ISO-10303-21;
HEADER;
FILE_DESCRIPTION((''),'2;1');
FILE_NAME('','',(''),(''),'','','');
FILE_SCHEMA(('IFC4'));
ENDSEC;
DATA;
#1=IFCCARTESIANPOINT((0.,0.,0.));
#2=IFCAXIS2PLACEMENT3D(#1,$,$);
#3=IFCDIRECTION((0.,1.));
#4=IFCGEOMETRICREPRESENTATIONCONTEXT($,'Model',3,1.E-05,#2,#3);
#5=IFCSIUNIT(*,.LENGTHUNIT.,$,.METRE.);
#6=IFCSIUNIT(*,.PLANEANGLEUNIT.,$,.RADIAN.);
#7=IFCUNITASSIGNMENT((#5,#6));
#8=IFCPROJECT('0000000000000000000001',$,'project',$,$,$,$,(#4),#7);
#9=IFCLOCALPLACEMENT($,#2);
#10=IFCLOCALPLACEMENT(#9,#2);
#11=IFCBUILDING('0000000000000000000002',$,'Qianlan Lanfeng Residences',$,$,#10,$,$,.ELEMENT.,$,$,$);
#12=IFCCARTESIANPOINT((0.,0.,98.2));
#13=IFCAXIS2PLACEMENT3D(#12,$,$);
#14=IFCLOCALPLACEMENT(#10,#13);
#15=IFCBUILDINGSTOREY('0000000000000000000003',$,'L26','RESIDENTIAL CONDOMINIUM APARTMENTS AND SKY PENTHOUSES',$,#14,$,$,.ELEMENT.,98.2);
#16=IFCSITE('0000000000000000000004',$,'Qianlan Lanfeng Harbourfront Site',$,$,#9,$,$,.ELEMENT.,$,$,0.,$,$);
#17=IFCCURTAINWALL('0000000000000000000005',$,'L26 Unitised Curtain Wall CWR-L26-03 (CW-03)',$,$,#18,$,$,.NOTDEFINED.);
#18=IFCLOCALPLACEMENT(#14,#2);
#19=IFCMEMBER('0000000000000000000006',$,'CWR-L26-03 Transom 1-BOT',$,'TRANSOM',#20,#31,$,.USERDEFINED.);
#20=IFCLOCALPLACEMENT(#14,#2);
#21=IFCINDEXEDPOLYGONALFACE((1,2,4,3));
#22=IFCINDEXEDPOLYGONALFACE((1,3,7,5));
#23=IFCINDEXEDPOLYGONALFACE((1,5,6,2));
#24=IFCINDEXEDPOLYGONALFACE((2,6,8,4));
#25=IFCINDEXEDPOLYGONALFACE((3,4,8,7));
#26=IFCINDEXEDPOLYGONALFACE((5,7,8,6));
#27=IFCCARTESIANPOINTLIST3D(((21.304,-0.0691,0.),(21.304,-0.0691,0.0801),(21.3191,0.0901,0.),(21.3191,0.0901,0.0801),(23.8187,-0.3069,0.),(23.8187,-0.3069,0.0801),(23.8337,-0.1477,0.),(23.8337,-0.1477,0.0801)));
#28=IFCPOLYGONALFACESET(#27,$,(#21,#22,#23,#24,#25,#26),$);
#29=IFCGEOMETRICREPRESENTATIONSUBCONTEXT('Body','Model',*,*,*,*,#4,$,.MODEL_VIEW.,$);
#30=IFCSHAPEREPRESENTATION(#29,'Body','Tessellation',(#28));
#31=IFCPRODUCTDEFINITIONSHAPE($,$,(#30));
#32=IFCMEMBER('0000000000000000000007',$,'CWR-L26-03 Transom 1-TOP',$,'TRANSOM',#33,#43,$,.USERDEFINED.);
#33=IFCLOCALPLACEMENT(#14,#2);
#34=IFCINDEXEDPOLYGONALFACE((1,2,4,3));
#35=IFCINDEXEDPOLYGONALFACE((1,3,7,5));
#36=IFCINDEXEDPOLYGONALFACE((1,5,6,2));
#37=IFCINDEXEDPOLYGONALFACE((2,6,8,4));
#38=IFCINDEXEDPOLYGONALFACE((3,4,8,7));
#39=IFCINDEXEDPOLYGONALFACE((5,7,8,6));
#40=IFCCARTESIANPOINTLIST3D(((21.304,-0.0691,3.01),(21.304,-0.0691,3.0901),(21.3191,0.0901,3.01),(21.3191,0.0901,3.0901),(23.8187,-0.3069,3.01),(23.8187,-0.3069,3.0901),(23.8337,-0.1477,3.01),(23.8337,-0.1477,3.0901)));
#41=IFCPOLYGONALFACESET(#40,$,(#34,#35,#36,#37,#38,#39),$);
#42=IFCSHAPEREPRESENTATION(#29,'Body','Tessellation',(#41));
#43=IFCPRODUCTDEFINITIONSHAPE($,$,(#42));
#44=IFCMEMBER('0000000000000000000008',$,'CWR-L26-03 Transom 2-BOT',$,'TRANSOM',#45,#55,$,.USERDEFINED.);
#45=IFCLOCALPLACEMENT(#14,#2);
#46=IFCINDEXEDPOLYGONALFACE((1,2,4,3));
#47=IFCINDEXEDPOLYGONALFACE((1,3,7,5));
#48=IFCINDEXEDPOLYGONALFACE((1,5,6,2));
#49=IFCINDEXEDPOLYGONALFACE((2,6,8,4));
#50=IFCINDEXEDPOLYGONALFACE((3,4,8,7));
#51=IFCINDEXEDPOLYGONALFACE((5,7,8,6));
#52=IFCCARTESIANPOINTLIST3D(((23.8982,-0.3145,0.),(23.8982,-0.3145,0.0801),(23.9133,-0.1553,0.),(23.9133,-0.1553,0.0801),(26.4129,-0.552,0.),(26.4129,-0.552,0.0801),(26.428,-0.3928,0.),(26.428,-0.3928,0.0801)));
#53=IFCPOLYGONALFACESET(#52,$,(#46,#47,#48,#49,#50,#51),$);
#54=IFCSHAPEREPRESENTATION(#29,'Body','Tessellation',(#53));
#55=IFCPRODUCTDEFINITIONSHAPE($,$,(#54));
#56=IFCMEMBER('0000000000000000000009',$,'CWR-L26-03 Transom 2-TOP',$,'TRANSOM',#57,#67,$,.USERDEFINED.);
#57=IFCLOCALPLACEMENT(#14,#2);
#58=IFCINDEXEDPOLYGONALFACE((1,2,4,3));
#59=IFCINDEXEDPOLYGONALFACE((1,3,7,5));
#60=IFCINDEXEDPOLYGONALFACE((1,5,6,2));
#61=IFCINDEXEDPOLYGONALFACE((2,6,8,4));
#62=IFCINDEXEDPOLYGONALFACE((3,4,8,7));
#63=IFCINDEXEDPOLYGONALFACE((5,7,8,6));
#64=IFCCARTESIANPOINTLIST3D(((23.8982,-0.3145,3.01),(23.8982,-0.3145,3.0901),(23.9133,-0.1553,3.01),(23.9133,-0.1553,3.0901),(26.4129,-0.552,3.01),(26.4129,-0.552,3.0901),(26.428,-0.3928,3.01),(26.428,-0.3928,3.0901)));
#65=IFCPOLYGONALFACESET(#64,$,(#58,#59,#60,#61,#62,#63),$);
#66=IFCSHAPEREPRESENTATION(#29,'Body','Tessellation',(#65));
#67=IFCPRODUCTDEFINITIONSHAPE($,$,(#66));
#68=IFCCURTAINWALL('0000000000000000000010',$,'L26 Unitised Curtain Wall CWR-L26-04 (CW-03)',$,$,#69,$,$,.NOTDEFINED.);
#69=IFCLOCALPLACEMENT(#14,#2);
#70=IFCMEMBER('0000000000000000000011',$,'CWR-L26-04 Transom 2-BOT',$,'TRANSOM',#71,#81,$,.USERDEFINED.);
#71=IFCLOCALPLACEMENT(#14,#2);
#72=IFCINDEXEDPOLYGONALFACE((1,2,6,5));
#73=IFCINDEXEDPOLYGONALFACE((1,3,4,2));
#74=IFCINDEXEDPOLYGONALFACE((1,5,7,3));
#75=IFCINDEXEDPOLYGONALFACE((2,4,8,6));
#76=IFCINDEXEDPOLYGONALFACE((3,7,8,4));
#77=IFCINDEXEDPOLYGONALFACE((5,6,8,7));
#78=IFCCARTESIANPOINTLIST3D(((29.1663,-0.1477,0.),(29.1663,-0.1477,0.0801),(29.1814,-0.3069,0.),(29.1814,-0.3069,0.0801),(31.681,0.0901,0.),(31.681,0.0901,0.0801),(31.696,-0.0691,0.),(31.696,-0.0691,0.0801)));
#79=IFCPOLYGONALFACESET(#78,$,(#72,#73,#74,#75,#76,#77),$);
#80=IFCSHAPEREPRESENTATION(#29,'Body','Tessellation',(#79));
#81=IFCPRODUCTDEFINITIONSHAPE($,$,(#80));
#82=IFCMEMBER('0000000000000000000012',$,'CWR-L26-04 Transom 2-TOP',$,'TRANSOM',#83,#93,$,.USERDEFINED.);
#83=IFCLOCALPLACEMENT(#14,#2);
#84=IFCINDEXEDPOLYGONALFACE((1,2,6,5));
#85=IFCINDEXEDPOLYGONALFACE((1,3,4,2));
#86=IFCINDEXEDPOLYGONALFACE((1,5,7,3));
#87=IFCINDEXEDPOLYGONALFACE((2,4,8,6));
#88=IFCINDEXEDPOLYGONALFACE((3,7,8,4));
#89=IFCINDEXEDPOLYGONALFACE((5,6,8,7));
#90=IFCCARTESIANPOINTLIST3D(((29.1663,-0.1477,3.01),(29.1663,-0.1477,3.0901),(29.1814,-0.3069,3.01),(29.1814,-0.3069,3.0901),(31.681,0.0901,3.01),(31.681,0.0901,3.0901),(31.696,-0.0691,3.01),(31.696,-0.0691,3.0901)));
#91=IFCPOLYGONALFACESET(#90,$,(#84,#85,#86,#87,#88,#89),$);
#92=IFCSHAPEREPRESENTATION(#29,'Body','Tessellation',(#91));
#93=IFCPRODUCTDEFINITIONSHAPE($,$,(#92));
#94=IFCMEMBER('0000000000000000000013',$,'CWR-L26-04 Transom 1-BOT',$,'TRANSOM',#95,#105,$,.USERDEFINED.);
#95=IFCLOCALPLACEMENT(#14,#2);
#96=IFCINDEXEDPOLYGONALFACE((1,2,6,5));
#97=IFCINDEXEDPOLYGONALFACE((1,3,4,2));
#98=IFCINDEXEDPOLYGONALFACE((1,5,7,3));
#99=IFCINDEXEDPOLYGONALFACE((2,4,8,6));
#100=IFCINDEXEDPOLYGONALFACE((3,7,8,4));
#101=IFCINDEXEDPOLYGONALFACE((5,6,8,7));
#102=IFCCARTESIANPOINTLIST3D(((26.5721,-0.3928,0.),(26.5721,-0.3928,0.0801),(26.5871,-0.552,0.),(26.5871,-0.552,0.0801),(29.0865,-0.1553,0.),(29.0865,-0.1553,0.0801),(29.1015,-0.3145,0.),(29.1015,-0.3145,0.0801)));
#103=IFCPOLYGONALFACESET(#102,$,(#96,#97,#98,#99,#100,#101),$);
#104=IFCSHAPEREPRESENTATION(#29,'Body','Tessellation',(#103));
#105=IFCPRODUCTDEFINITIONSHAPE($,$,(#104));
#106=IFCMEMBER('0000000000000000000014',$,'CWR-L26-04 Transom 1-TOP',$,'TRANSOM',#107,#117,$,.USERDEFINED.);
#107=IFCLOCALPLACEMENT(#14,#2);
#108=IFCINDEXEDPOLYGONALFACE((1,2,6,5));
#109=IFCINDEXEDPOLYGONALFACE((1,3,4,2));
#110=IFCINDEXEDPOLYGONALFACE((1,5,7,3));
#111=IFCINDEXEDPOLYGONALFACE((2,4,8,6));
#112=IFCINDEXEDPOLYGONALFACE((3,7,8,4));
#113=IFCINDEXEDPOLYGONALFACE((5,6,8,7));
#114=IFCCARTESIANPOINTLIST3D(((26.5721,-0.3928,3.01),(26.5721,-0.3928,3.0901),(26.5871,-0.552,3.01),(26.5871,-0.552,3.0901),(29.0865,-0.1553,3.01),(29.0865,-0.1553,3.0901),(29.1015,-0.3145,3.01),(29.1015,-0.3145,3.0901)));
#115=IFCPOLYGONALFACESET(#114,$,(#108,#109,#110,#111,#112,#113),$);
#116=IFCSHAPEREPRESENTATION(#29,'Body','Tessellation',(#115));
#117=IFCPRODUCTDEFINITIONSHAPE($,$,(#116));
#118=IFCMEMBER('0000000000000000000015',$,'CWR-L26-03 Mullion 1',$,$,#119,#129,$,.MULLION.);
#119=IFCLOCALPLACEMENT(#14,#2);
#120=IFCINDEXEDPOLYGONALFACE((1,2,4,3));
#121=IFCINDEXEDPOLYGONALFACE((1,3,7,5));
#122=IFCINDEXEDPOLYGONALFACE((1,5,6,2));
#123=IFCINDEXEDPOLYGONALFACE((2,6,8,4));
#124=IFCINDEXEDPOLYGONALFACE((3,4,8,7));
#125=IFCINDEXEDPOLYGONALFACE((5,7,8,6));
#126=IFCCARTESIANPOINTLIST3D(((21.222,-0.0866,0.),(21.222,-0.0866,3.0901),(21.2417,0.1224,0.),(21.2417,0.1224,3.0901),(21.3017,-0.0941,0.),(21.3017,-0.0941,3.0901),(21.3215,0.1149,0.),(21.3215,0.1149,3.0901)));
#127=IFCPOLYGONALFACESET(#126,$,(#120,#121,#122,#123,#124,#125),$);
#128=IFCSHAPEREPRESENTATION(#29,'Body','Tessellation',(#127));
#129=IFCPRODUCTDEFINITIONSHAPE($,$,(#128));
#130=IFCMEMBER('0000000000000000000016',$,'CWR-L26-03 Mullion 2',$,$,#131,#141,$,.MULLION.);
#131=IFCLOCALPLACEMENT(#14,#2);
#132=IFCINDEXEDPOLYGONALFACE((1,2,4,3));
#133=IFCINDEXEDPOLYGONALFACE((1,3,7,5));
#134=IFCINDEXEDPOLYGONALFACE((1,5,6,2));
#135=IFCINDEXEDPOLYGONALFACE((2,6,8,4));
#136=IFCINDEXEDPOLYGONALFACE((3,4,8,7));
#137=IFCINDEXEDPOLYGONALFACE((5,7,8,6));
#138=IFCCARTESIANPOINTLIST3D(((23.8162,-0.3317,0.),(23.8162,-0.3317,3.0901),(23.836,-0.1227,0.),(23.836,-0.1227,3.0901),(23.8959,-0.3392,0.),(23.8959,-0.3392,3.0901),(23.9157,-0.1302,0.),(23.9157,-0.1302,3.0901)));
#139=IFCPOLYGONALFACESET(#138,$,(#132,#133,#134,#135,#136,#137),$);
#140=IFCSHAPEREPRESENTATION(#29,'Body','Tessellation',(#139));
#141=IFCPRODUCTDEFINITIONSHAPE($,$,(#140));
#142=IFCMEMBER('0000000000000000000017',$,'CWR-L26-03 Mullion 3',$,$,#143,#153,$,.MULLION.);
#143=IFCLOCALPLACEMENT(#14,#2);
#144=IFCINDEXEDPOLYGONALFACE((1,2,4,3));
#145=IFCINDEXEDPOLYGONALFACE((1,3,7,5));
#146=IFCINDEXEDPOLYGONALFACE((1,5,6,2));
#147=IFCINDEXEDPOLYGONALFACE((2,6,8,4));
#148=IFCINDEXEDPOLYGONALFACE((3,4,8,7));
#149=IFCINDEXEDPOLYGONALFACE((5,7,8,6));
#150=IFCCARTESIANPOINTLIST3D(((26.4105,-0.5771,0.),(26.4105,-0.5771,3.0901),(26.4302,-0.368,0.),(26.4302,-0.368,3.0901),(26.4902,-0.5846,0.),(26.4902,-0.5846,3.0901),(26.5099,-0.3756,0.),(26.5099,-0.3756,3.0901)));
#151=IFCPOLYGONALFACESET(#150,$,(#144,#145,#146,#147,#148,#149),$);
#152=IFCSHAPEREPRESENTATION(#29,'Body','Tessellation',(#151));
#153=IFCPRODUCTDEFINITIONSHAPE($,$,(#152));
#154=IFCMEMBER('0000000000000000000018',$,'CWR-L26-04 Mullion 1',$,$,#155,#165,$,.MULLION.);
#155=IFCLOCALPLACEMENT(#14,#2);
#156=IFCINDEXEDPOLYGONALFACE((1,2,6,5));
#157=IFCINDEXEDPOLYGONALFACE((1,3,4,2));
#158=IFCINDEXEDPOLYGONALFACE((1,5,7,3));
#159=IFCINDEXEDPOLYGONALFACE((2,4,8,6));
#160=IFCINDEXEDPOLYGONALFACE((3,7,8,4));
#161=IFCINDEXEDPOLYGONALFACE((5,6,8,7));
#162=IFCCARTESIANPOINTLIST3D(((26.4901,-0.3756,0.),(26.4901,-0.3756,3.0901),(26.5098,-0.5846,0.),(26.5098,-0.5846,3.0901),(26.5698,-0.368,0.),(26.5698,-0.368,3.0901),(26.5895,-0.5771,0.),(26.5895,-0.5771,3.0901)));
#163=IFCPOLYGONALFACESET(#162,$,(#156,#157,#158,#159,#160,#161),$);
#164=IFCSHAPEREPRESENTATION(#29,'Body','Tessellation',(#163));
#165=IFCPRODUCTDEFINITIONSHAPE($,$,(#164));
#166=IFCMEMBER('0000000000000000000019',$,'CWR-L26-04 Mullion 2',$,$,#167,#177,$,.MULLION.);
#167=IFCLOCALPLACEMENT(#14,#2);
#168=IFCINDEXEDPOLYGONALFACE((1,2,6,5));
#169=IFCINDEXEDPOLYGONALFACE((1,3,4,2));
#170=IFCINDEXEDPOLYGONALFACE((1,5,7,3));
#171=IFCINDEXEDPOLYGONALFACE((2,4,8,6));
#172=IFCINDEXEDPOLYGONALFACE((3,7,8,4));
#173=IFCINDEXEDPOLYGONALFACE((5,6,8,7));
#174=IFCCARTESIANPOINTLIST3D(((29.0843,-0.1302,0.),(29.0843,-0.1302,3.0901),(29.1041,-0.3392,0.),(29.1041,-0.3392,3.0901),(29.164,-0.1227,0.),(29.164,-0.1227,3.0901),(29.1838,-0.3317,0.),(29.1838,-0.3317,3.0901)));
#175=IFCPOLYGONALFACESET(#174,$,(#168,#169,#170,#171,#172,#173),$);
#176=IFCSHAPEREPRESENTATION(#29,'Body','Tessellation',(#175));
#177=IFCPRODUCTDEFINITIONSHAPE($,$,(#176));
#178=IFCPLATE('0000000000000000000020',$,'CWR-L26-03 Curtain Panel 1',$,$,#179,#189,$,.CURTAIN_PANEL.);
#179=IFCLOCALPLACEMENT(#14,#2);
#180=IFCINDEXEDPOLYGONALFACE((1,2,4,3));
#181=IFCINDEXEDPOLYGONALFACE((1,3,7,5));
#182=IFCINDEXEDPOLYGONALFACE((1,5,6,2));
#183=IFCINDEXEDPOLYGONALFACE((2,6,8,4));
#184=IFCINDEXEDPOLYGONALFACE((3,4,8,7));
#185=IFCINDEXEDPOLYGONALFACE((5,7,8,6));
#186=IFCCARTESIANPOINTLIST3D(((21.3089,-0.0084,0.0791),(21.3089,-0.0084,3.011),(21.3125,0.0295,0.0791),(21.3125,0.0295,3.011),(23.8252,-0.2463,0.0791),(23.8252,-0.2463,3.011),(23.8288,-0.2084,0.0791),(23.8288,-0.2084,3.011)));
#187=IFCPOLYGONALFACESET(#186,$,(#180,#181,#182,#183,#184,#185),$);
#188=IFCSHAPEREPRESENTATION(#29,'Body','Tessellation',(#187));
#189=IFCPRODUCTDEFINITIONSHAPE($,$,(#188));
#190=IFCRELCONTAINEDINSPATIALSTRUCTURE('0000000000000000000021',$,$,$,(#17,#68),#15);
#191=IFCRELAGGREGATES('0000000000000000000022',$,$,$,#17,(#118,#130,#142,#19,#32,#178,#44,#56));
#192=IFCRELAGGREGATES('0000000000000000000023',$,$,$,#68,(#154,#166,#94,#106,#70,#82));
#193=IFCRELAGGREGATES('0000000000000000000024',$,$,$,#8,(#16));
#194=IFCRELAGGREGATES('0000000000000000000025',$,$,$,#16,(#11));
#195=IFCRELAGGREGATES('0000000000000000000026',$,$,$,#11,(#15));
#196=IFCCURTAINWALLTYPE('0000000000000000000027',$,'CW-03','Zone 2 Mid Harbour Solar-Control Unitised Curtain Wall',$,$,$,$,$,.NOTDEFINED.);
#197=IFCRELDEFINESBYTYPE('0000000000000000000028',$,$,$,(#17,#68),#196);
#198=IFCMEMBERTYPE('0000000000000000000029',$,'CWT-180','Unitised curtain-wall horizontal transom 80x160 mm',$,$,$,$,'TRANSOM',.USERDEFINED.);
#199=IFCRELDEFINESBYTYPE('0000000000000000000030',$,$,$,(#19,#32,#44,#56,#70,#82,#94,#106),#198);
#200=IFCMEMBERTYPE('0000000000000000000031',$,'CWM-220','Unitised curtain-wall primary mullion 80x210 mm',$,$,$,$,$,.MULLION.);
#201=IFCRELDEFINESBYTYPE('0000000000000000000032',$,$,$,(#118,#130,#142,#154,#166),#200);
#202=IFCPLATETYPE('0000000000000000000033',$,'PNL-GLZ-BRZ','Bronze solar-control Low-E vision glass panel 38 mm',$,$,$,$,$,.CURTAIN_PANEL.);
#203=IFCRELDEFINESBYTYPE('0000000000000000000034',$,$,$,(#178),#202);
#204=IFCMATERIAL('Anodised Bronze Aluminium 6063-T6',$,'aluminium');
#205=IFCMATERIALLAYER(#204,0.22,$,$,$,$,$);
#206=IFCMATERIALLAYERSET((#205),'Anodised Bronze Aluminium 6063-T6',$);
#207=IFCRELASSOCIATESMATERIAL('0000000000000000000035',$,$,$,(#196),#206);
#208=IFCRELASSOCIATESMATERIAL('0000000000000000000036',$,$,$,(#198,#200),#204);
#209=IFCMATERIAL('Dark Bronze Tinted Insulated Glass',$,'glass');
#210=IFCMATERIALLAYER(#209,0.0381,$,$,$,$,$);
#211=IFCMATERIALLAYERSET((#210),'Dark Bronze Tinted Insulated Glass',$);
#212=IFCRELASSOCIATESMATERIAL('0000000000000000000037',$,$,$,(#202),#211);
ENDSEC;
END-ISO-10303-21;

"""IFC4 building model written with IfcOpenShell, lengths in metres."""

from ifc_helpers import new_model, si_unit, direction, frame, origin, origin_2d, place, context, subcontext, project, spatial, rectangle, extrude, source, transform, mapped, material, layer, layer_set, material_profile, profile_set, type_object, element, aggregate, save


model = new_model("IFC4")

# Units and contexts
model_context = context("Model", 3, precision=1e-05, world=origin(), true_north=direction((0.0, 1.0)))
body_context = subcontext(model_context, "Body", "Model", "MODEL_VIEW")
ifc_project = project(units=[si_unit("LENGTHUNIT", "METRE"), si_unit("PLANEANGLEUNIT", "RADIAN")], contexts=[model_context])

# Site, building, storey
site_placement = place(None, origin())
site = spatial("IfcSite", under=ifc_project, at=site_placement, Name="Qianlan Lanfeng Harbourfront Site", CompositionType="ELEMENT", RefElevation=0.0)
building_placement = place(site_placement, origin())
building = spatial("IfcBuilding", under=site, at=building_placement, Name="Qianlan Lanfeng Residences", CompositionType="ELEMENT")
storey_placement = place(building_placement, frame((0.0, 0.0, 98.2)))
storey = spatial("IfcBuildingStorey", under=building, at=storey_placement, Name="L26", Description="RESIDENTIAL CONDOMINIUM APARTMENTS AND SKY PENTHOUSES", CompositionType="ELEMENT", Elevation=98.2)

# Curtain walls, members
ifc_material_1 = material(Name="Anodised Bronze Aluminium 6063-T6", Category="aluminium")
ifc_layer_1 = layer(ifc_material_1, 0.22)
ifc_layer_set_1 = layer_set([ifc_layer_1], Name="Anodised Bronze Aluminium 6063-T6")
curtain_wall_type = type_object("IfcCurtainWallType", Name="CW-03", Description="Zone 2 Mid Harbour Solar-Control Unitised Curtain Wall", PredefinedType="NOTDEFINED", material=ifc_layer_set_1)
curtain_wall_1_placement = place(storey_placement, origin())
curtain_wall_1 = element("IfcCurtainWall", 1, at=curtain_wall_1_placement, inside=storey, type_object=curtain_wall_type, Name="L26 Unitised Curtain Wall CWR-L26-03 (CW-03)", PredefinedType="NOTDEFINED")
ifc_material_profile_1 = material_profile(ifc_material_1, rectangle(XDim=0.0801, YDim=0.1599, at=origin_2d()), Name="ALU TRANSOM 80x160")
ifc_profile_set_1 = profile_set([ifc_material_profile_1], Name="Anodised Bronze Aluminium 6063-T6")
member_type_1 = type_object("IfcMemberType", Name="CWT-180", Description="Unitised curtain-wall horizontal transom 80x160 mm", ElementType="TRANSOM", PredefinedType="USERDEFINED", material=ifc_profile_set_1)
shared_shape_1 = source(origin(), body_context, "Body", "SweptSolid", [
    extrude(rectangle(XDim=0.0801, YDim=0.1599, at=origin_2d()), origin(), (0.0, 0.0, 1.0), 2.5259),
])
member_1_placement = place(storey_placement, frame((21.3115, 0.0105, 0.04), z_axis=(0.995559, -0.094143, 0.0), x_axis=(0.0, 0.0, 1.0)))
member_1 = element("IfcMember", 2, at=member_1_placement, type_object=member_type_1, Name="CWR-L26-03 Transom 1-BOT", ObjectType="TRANSOM", PredefinedType="USERDEFINED", context=body_context, shape_type="MappedRepresentation", body=[
    mapped(shared_shape_1, transform((0.0, 0.0, 0.0), scale=1.0)),
])
member_2_placement = place(storey_placement, frame((21.3115, 0.0105, 3.05), z_axis=(0.995559, -0.094143, 0.0), x_axis=(0.0, 0.0, 1.0)))
member_2 = element("IfcMember", 3, at=member_2_placement, type_object=member_type_1, Name="CWR-L26-03 Transom 1-TOP", ObjectType="TRANSOM", PredefinedType="USERDEFINED", context=body_context, shape_type="MappedRepresentation", body=[
    mapped(shared_shape_1, transform((0.0, 0.0, 0.0), scale=1.0)),
])
member_3_placement = place(storey_placement, frame((23.9058, -0.2349, 0.04), z_axis=(0.995568, -0.094047, 0.0), x_axis=(0.0, 0.0, 1.0)))
member_3 = element("IfcMember", 4, at=member_3_placement, type_object=member_type_1, Name="CWR-L26-03 Transom 2-BOT", ObjectType="TRANSOM", PredefinedType="USERDEFINED", context=body_context, shape_type="MappedRepresentation", body=[
    mapped(shared_shape_1, transform((0.0, 0.0, 0.0), scale=1.0)),
])
member_4_placement = place(storey_placement, frame((23.9058, -0.2349, 3.05), z_axis=(0.995568, -0.094047, 0.0), x_axis=(0.0, 0.0, 1.0)))
member_4 = element("IfcMember", 5, at=member_4_placement, type_object=member_type_1, Name="CWR-L26-03 Transom 2-TOP", ObjectType="TRANSOM", PredefinedType="USERDEFINED", context=body_context, shape_type="MappedRepresentation", body=[
    mapped(shared_shape_1, transform((0.0, 0.0, 0.0), scale=1.0)),
])
curtain_wall_2_placement = place(storey_placement, origin())
curtain_wall_2 = element("IfcCurtainWall", 6, at=curtain_wall_2_placement, inside=storey, type_object=curtain_wall_type, Name="L26 Unitised Curtain Wall CWR-L26-04 (CW-03)", PredefinedType="NOTDEFINED")
member_5_placement = place(storey_placement, frame((29.1738, -0.2273, 0.04), z_axis=(0.995559, 0.094143, 0.0), x_axis=(0.0, 0.0, 1.0)))
member_5 = element("IfcMember", 7, at=member_5_placement, type_object=member_type_1, Name="CWR-L26-04 Transom 2-BOT", ObjectType="TRANSOM", PredefinedType="USERDEFINED", context=body_context, shape_type="MappedRepresentation", body=[
    mapped(shared_shape_1, transform((0.0, 0.0, 0.0), scale=1.0)),
])
member_6_placement = place(storey_placement, frame((29.1738, -0.2273, 3.05), z_axis=(0.995559, 0.094143, 0.0), x_axis=(0.0, 0.0, 1.0)))
member_6 = element("IfcMember", 8, at=member_6_placement, type_object=member_type_1, Name="CWR-L26-04 Transom 2-TOP", ObjectType="TRANSOM", PredefinedType="USERDEFINED", context=body_context, shape_type="MappedRepresentation", body=[
    mapped(shared_shape_1, transform((0.0, 0.0, 0.0), scale=1.0)),
])
shared_shape_2 = source(origin(), body_context, "Body", "SweptSolid", [
    extrude(rectangle(XDim=0.0801, YDim=0.1599, at=origin_2d()), origin(), (0.0, 0.0, 1.0), 2.5256),
])
member_7_placement = place(storey_placement, frame((26.5796, -0.4724, 0.04), z_axis=(0.995567, 0.094056, 0.0), x_axis=(0.0, 0.0, 1.0)))
member_7 = element("IfcMember", 9, at=member_7_placement, type_object=member_type_1, Name="CWR-L26-04 Transom 1-BOT", ObjectType="TRANSOM", PredefinedType="USERDEFINED", context=body_context, shape_type="MappedRepresentation", body=[
    mapped(shared_shape_2, transform((0.0, 0.0, 0.0), scale=1.0)),
])
member_8_placement = place(storey_placement, frame((26.5796, -0.4724, 3.05), z_axis=(0.995567, 0.094056, 0.0), x_axis=(0.0, 0.0, 1.0)))
member_8 = element("IfcMember", 10, at=member_8_placement, type_object=member_type_1, Name="CWR-L26-04 Transom 1-TOP", ObjectType="TRANSOM", PredefinedType="USERDEFINED", context=body_context, shape_type="MappedRepresentation", body=[
    mapped(shared_shape_2, transform((0.0, 0.0, 0.0), scale=1.0)),
])

# Members
ifc_material_profile_2 = material_profile(ifc_material_1, rectangle(XDim=0.0801, YDim=0.21, at=origin_2d()), Name="ALU MULLION 80x210")
ifc_profile_set_2 = profile_set([ifc_material_profile_2], Name="Anodised Bronze Aluminium 6063-T6")
member_type_2 = type_object("IfcMemberType", Name="CWM-220", Description="Unitised curtain-wall primary mullion 80x210 mm", PredefinedType="MULLION", material=ifc_profile_set_2)
shared_shape_3 = source(origin(), body_context, "Body", "SweptSolid", [
    extrude(rectangle(XDim=0.0801, YDim=0.21, at=origin_2d()), origin(), (0.0, 0.0, 1.0), 3.0901),
])
member_9_placement = place(storey_placement, frame((21.2717, 0.0142, 0.0), z_axis=(0.0, 0.0, 1.0), x_axis=(0.995561, -0.094114, 0.0)))
member_9 = element("IfcMember", 11, at=member_9_placement, type_object=member_type_2, Name="CWR-L26-03 Mullion 1", PredefinedType="MULLION", context=body_context, shape_type="MappedRepresentation", body=[
    mapped(shared_shape_3, transform((0.0, 0.0, 0.0), scale=1.0)),
])
member_10_placement = place(storey_placement, frame((23.866, -0.231, 0.0), z_axis=(0.0, 0.0, 1.0), x_axis=(0.995561, -0.094114, 0.0)))
member_10 = element("IfcMember", 12, at=member_10_placement, type_object=member_type_2, Name="CWR-L26-03 Mullion 2", PredefinedType="MULLION", context=body_context, shape_type="MappedRepresentation", body=[
    mapped(shared_shape_3, transform((0.0, 0.0, 0.0), scale=1.0)),
])
member_11_placement = place(storey_placement, frame((26.4602, -0.4763, 0.0), z_axis=(0.0, 0.0, 1.0), x_axis=(0.995561, -0.094114, 0.0)))
member_11 = element("IfcMember", 13, at=member_11_placement, type_object=member_type_2, Name="CWR-L26-03 Mullion 3", PredefinedType="MULLION", context=body_context, shape_type="MappedRepresentation", body=[
    mapped(shared_shape_3, transform((0.0, 0.0, 0.0), scale=1.0)),
])
member_12_placement = place(storey_placement, frame((26.5398, -0.4763, 0.0), z_axis=(0.0, 0.0, 1.0), x_axis=(0.995561, 0.094114, 0.0)))
member_12 = element("IfcMember", 14, at=member_12_placement, type_object=member_type_2, Name="CWR-L26-04 Mullion 1", PredefinedType="MULLION", context=body_context, shape_type="MappedRepresentation", body=[
    mapped(shared_shape_3, transform((0.0, 0.0, 0.0), scale=1.0)),
])
member_13_placement = place(storey_placement, frame((29.134, -0.231, 0.0), z_axis=(0.0, 0.0, 1.0), x_axis=(0.995561, 0.094114, 0.0)))
member_13 = element("IfcMember", 15, at=member_13_placement, type_object=member_type_2, Name="CWR-L26-04 Mullion 2", PredefinedType="MULLION", context=body_context, shape_type="MappedRepresentation", body=[
    mapped(shared_shape_3, transform((0.0, 0.0, 0.0), scale=1.0)),
])

# Plate
ifc_material_2 = material(Name="Dark Bronze Tinted Insulated Glass", Category="glass")
ifc_layer_2 = layer(ifc_material_2, 0.0381)
ifc_layer_set_2 = layer_set([ifc_layer_2], Name="Dark Bronze Tinted Insulated Glass")
plate_type_1 = type_object("IfcPlateType", Name="PNL-GLZ-BRZ", Description="Bronze solar-control Low-E vision glass panel 38 mm", PredefinedType="CURTAIN_PANEL", material=ifc_layer_set_2)
shared_shape_4 = source(origin(), body_context, "Body", "SweptSolid", [
    extrude(rectangle(XDim=2.5276, YDim=0.0381, at=origin_2d()), origin(), (0.0, 0.0, 1.0), 2.9319),
])
plate_1_placement = place(storey_placement, frame((22.5688, -0.1084, 0.0791), z_axis=(0.0, 0.0, 1.0), x_axis=(0.995561, -0.094114, 0.0)))
plate_1 = element("IfcPlate", 16, at=plate_1_placement, type_object=plate_type_1, Name="CWR-L26-03 Curtain Panel 1", PredefinedType="CURTAIN_PANEL", context=body_context, shape_type="MappedRepresentation", body=[
    mapped(shared_shape_4, transform((0.0, 0.0, 0.0), scale=1.0)),
])
aggregate(curtain_wall_1, [member_9, member_10, member_11, member_1, member_2, plate_1, member_3, member_4])
aggregate(curtain_wall_2, [member_12, member_13, member_7, member_8, member_5, member_6])

save(model, "model.ifc")
